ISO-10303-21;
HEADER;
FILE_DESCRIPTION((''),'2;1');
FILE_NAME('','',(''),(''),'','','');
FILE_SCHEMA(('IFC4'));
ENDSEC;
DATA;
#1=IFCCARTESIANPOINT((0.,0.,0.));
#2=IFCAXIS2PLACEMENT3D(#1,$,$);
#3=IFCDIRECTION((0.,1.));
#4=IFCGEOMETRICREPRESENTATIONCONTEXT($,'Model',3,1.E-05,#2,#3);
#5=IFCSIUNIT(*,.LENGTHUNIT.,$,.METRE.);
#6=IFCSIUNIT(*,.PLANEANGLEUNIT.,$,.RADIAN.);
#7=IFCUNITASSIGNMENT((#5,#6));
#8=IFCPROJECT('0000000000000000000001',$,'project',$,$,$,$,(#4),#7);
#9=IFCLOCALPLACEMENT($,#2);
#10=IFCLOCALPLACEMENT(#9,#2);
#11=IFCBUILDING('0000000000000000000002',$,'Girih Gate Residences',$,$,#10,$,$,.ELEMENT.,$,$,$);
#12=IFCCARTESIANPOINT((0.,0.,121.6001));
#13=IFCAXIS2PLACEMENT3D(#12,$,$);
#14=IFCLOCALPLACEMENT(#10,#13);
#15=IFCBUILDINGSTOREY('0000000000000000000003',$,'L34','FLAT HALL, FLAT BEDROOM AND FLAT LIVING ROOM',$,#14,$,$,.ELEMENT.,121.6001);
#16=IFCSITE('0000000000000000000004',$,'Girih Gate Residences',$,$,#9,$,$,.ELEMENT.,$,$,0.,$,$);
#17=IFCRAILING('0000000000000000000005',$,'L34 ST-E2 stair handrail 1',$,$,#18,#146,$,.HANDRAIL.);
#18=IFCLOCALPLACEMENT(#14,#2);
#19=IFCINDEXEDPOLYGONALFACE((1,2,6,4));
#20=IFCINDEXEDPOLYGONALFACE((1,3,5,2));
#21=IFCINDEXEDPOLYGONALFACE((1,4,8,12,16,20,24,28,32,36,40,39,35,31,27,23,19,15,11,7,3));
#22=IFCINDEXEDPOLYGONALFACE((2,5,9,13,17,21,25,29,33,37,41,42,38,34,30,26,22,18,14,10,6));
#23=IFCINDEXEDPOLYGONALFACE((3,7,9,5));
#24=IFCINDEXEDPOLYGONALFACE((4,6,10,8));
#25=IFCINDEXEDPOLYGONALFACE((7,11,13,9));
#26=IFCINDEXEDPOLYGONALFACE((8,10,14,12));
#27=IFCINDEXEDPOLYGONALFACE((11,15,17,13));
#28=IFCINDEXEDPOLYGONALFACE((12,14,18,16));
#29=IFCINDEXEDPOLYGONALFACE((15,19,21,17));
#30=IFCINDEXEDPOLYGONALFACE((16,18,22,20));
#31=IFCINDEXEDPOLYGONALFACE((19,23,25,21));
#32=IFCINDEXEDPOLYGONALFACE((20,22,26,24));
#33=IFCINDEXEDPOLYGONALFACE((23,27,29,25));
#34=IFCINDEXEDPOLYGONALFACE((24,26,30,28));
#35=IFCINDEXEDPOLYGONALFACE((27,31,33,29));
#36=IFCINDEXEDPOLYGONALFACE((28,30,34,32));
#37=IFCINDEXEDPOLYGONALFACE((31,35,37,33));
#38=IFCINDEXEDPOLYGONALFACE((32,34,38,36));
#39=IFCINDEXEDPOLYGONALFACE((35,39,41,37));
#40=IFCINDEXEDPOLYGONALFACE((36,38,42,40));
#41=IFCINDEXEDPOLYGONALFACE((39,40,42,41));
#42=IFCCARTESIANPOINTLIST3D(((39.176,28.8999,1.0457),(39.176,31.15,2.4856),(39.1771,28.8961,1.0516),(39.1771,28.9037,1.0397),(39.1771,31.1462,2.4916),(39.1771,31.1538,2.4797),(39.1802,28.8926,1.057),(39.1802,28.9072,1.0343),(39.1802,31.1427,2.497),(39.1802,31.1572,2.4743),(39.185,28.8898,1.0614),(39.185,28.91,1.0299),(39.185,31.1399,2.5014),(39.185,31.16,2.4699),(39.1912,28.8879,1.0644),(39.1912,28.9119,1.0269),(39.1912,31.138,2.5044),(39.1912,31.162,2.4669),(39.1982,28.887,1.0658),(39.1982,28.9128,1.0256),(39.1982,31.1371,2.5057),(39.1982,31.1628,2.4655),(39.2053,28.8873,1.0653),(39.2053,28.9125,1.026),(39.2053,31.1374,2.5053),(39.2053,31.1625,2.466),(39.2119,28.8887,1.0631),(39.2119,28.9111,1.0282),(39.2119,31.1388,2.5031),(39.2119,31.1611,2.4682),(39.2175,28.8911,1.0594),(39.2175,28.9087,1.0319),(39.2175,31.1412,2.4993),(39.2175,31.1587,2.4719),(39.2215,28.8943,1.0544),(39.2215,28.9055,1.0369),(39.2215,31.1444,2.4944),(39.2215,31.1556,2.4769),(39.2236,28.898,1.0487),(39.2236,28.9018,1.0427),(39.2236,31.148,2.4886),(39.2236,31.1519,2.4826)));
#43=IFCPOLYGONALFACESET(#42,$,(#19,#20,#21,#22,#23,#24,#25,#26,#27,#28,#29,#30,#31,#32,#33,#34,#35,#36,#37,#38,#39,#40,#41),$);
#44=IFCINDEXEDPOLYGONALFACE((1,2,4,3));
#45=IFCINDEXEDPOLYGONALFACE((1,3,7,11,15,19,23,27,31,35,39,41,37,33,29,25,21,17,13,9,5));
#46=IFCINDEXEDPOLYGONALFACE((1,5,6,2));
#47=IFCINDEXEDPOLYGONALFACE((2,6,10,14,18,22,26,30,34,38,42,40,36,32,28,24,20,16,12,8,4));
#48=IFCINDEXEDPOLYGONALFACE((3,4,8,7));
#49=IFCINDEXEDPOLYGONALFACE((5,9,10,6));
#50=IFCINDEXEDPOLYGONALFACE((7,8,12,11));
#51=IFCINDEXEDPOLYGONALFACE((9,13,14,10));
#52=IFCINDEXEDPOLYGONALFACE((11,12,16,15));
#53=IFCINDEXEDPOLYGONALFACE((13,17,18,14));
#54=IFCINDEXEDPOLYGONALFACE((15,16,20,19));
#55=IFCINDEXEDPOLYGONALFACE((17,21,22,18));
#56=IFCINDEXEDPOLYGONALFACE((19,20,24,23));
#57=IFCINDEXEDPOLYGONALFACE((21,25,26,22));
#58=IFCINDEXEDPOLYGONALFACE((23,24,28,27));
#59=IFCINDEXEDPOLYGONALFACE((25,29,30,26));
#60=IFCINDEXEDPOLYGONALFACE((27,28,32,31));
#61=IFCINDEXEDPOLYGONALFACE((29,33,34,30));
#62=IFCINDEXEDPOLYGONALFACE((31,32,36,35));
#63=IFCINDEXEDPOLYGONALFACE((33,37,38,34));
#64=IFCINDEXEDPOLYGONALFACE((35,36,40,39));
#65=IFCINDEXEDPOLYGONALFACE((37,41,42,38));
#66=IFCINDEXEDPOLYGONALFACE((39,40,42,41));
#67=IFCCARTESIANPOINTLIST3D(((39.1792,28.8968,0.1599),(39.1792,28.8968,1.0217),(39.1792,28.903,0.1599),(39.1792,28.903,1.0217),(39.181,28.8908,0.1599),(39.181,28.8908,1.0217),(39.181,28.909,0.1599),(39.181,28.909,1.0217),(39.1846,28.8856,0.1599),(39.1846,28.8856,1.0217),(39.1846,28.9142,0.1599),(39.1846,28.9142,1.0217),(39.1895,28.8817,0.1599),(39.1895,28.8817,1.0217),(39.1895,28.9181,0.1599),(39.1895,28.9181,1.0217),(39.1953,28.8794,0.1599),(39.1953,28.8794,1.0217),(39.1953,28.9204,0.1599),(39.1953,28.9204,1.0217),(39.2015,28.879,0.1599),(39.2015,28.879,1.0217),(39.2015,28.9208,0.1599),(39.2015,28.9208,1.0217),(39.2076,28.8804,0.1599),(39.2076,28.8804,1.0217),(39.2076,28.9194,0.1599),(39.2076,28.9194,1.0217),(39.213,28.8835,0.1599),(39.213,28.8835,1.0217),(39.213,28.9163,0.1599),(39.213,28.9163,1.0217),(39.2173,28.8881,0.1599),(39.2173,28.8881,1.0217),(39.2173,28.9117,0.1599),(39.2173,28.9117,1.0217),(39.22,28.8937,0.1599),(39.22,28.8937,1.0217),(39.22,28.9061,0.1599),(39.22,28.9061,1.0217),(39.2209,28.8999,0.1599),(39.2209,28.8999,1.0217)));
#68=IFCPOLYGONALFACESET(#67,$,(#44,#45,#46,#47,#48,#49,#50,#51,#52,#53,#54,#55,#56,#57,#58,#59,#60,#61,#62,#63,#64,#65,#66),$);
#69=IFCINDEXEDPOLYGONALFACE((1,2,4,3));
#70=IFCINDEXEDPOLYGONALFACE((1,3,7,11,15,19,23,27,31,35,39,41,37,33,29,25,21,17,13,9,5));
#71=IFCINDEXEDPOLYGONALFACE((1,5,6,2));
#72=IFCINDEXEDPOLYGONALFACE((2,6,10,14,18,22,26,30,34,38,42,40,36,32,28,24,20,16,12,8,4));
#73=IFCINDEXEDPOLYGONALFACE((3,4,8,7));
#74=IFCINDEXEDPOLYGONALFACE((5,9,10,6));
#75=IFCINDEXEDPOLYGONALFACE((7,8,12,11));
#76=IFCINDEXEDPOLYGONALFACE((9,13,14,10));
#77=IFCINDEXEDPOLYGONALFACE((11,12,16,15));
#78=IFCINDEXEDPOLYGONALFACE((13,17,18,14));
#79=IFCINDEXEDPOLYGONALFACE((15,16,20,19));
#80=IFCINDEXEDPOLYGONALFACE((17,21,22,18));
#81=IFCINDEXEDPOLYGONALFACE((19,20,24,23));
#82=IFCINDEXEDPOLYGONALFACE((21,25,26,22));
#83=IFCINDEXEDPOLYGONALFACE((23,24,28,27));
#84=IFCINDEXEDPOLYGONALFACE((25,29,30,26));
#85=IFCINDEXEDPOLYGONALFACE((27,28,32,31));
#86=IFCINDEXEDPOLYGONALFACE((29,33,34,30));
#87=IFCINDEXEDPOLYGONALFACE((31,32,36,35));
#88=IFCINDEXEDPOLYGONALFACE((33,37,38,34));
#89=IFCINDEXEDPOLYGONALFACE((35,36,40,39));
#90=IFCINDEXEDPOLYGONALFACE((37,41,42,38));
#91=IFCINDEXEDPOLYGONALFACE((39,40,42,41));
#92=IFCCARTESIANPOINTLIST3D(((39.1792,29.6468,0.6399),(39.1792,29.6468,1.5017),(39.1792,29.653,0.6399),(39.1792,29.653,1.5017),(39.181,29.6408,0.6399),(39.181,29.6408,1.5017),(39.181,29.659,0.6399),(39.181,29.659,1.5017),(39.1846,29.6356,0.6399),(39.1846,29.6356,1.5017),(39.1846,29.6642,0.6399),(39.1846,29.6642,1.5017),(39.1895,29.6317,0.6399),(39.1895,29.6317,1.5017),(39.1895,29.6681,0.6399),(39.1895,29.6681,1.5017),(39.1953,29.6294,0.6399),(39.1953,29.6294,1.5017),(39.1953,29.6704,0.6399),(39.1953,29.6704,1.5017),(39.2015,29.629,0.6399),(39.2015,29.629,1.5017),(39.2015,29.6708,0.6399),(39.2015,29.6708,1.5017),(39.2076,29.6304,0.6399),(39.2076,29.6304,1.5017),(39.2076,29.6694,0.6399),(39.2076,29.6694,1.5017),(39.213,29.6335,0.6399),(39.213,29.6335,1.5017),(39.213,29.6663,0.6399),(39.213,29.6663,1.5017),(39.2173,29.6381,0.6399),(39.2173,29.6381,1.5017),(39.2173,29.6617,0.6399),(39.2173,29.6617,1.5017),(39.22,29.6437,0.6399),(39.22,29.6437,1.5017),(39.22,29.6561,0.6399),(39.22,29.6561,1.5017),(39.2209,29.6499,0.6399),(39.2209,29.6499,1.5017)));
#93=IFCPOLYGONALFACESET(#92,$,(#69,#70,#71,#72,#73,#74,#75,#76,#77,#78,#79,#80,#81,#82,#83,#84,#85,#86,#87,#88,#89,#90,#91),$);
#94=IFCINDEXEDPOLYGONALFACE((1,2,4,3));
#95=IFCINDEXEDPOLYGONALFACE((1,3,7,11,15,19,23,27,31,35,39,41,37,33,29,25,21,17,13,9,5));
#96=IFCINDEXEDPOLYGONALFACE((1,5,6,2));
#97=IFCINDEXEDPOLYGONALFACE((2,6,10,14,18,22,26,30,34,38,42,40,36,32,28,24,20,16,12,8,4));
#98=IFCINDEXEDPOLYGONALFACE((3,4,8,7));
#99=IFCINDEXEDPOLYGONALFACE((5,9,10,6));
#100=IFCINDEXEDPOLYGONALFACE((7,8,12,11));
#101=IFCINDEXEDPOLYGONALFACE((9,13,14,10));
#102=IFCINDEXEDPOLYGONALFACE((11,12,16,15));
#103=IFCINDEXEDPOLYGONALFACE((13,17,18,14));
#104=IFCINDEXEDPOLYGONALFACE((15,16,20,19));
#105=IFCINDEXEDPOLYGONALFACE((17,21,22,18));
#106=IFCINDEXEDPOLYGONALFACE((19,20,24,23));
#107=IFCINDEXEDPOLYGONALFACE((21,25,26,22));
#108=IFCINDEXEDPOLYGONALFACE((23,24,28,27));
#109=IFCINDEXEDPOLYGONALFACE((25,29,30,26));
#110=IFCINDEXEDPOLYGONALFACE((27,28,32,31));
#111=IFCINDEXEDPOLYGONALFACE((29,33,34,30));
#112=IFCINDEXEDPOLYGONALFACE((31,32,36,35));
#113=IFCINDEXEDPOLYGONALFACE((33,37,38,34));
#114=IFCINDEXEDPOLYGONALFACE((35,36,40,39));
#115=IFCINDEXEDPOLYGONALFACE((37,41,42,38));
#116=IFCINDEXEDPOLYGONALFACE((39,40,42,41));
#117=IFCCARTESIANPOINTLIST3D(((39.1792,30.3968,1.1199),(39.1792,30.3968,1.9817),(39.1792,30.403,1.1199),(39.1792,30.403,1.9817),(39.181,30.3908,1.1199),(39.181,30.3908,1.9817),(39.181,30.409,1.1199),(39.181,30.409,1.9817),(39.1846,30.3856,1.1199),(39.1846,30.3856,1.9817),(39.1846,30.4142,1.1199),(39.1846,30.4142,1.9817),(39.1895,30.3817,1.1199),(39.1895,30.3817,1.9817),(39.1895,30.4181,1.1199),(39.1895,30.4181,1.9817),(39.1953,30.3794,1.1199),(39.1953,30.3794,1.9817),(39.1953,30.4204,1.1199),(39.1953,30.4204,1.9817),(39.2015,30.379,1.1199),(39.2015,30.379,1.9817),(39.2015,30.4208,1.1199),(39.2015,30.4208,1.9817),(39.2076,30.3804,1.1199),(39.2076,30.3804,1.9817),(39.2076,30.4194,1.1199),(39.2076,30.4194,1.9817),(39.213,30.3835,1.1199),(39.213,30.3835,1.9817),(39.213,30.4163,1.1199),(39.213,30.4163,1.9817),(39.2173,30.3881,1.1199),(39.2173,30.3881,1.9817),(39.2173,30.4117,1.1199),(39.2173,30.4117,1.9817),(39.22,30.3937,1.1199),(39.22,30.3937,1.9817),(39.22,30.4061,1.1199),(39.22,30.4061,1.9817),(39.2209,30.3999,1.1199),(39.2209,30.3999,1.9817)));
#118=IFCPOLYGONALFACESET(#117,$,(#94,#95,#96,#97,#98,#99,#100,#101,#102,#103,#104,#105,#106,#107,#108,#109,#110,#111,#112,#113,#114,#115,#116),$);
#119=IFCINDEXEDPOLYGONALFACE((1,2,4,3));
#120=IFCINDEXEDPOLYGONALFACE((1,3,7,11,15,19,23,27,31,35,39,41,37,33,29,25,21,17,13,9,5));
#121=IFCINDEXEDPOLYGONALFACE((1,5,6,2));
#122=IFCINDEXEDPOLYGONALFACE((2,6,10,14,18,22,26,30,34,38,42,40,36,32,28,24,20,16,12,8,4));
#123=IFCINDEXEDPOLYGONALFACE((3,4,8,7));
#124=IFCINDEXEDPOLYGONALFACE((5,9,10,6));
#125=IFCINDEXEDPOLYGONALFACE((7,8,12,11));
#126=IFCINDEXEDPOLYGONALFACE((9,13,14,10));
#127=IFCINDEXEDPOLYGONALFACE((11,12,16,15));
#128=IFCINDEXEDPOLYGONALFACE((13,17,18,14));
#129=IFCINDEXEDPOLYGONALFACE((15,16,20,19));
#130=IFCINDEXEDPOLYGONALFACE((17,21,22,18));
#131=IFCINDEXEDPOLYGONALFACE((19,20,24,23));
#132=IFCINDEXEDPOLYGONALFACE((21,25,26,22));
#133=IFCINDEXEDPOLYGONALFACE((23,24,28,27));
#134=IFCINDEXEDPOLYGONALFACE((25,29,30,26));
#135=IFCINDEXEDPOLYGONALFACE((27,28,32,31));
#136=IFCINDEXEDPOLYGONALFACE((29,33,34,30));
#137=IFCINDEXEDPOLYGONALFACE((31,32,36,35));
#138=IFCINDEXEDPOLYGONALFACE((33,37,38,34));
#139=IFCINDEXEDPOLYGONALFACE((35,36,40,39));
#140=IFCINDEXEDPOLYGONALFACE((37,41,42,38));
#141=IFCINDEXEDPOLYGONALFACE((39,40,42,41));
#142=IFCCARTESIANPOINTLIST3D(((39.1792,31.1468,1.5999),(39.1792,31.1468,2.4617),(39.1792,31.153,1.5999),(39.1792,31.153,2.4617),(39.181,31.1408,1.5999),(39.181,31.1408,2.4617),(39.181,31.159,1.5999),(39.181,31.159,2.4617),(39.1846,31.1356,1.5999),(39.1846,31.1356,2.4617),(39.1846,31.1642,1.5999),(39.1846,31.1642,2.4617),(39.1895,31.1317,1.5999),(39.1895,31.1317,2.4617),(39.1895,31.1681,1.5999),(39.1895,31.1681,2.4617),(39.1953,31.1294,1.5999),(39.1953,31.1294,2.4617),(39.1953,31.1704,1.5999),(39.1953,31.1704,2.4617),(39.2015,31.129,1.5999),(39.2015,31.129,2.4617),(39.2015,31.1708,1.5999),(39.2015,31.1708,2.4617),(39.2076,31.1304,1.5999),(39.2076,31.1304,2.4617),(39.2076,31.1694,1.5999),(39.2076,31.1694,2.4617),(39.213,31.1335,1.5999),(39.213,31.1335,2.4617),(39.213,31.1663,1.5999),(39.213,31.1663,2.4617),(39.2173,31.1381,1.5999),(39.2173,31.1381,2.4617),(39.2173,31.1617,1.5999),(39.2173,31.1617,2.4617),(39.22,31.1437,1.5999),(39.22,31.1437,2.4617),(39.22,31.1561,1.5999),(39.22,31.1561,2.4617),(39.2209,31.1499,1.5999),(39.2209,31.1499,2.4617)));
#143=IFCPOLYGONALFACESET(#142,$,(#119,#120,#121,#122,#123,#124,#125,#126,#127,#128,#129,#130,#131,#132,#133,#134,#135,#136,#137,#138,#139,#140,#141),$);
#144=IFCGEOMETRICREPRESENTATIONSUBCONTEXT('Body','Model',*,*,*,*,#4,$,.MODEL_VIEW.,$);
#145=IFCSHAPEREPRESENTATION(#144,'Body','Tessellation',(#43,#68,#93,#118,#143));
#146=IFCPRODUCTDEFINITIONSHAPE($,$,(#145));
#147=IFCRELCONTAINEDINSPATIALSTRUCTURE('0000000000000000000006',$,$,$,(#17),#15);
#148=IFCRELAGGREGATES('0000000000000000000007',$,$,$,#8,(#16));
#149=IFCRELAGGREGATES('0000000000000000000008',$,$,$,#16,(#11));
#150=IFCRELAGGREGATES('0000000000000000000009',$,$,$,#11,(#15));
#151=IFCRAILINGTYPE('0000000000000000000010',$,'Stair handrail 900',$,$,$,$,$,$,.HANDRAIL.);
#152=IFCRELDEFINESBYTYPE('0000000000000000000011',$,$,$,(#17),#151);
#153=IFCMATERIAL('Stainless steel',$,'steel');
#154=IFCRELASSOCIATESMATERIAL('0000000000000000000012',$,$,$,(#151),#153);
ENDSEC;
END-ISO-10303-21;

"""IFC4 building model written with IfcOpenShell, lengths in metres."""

from ifc_helpers import new_model, si_unit, direction, frame, origin, origin_2d, place, context, subcontext, project, spatial, circle, extrude, material, type_object, element, save


model = new_model("IFC4")

# Units and contexts
model_context = context("Model", 3, precision=1e-05, world=origin(), true_north=direction((0.0, 1.0)))
body_context = subcontext(model_context, "Body", "Model", "MODEL_VIEW")
ifc_project = project(units=[si_unit("LENGTHUNIT", "METRE"), si_unit("PLANEANGLEUNIT", "RADIAN")], contexts=[model_context])

# Site, building, storey
site_placement = place(None, origin())
site = spatial("IfcSite", under=ifc_project, at=site_placement, Name="Girih Gate Residences", CompositionType="ELEMENT", RefElevation=0.0)
building_placement = place(site_placement, origin())
building = spatial("IfcBuilding", under=site, at=building_placement, Name="Girih Gate Residences", CompositionType="ELEMENT")
storey_placement = place(building_placement, frame((0.0, 0.0, 121.6001)))
storey = spatial("IfcBuildingStorey", under=building, at=storey_placement, Name="L34", Description="FLAT HALL, FLAT BEDROOM AND FLAT LIVING ROOM", CompositionType="ELEMENT", Elevation=121.6001)

# Railing
ifc_material_1 = material(Name="Stainless steel", Category="steel")
railing_type_1 = type_object("IfcRailingType", Name="Stair handrail 900", PredefinedType="HANDRAIL", material=ifc_material_1)
railing_1_placement = place(storey_placement, frame((39.2, 28.8999, 0.1599)))
element("IfcRailing", 1, at=railing_1_placement, inside=storey, type_object=railing_type_1, Name="L34 ST-E2 stair handrail 1", PredefinedType="HANDRAIL", context=body_context, shape_type="SweptSolid", body=[
    extrude(circle(Radius=0.0239, at=origin_2d()), frame((0.0, 0.0, 0.8857), z_axis=(0.0, 0.842281, 0.539038), x_axis=(-1.0, 0.0, 0.0)), (0.0, 0.0, 1.0), 2.6714),
    extrude(circle(Radius=0.021, at=origin_2d()), origin(), (0.0, 0.0, 1.0), 0.8618),
    extrude(circle(Radius=0.021, at=origin_2d()), frame((0.0, 0.75, 0.48)), (0.0, 0.0, 1.0), 0.8618),
    extrude(circle(Radius=0.021, at=origin_2d()), frame((0.0, 1.5, 0.96)), (0.0, 0.0, 1.0), 0.8618),
    extrude(circle(Radius=0.021, at=origin_2d()), frame((0.0, 2.25, 1.4399)), (0.0, 0.0, 1.0), 0.8618),
])

save(model, "model.ifc")
